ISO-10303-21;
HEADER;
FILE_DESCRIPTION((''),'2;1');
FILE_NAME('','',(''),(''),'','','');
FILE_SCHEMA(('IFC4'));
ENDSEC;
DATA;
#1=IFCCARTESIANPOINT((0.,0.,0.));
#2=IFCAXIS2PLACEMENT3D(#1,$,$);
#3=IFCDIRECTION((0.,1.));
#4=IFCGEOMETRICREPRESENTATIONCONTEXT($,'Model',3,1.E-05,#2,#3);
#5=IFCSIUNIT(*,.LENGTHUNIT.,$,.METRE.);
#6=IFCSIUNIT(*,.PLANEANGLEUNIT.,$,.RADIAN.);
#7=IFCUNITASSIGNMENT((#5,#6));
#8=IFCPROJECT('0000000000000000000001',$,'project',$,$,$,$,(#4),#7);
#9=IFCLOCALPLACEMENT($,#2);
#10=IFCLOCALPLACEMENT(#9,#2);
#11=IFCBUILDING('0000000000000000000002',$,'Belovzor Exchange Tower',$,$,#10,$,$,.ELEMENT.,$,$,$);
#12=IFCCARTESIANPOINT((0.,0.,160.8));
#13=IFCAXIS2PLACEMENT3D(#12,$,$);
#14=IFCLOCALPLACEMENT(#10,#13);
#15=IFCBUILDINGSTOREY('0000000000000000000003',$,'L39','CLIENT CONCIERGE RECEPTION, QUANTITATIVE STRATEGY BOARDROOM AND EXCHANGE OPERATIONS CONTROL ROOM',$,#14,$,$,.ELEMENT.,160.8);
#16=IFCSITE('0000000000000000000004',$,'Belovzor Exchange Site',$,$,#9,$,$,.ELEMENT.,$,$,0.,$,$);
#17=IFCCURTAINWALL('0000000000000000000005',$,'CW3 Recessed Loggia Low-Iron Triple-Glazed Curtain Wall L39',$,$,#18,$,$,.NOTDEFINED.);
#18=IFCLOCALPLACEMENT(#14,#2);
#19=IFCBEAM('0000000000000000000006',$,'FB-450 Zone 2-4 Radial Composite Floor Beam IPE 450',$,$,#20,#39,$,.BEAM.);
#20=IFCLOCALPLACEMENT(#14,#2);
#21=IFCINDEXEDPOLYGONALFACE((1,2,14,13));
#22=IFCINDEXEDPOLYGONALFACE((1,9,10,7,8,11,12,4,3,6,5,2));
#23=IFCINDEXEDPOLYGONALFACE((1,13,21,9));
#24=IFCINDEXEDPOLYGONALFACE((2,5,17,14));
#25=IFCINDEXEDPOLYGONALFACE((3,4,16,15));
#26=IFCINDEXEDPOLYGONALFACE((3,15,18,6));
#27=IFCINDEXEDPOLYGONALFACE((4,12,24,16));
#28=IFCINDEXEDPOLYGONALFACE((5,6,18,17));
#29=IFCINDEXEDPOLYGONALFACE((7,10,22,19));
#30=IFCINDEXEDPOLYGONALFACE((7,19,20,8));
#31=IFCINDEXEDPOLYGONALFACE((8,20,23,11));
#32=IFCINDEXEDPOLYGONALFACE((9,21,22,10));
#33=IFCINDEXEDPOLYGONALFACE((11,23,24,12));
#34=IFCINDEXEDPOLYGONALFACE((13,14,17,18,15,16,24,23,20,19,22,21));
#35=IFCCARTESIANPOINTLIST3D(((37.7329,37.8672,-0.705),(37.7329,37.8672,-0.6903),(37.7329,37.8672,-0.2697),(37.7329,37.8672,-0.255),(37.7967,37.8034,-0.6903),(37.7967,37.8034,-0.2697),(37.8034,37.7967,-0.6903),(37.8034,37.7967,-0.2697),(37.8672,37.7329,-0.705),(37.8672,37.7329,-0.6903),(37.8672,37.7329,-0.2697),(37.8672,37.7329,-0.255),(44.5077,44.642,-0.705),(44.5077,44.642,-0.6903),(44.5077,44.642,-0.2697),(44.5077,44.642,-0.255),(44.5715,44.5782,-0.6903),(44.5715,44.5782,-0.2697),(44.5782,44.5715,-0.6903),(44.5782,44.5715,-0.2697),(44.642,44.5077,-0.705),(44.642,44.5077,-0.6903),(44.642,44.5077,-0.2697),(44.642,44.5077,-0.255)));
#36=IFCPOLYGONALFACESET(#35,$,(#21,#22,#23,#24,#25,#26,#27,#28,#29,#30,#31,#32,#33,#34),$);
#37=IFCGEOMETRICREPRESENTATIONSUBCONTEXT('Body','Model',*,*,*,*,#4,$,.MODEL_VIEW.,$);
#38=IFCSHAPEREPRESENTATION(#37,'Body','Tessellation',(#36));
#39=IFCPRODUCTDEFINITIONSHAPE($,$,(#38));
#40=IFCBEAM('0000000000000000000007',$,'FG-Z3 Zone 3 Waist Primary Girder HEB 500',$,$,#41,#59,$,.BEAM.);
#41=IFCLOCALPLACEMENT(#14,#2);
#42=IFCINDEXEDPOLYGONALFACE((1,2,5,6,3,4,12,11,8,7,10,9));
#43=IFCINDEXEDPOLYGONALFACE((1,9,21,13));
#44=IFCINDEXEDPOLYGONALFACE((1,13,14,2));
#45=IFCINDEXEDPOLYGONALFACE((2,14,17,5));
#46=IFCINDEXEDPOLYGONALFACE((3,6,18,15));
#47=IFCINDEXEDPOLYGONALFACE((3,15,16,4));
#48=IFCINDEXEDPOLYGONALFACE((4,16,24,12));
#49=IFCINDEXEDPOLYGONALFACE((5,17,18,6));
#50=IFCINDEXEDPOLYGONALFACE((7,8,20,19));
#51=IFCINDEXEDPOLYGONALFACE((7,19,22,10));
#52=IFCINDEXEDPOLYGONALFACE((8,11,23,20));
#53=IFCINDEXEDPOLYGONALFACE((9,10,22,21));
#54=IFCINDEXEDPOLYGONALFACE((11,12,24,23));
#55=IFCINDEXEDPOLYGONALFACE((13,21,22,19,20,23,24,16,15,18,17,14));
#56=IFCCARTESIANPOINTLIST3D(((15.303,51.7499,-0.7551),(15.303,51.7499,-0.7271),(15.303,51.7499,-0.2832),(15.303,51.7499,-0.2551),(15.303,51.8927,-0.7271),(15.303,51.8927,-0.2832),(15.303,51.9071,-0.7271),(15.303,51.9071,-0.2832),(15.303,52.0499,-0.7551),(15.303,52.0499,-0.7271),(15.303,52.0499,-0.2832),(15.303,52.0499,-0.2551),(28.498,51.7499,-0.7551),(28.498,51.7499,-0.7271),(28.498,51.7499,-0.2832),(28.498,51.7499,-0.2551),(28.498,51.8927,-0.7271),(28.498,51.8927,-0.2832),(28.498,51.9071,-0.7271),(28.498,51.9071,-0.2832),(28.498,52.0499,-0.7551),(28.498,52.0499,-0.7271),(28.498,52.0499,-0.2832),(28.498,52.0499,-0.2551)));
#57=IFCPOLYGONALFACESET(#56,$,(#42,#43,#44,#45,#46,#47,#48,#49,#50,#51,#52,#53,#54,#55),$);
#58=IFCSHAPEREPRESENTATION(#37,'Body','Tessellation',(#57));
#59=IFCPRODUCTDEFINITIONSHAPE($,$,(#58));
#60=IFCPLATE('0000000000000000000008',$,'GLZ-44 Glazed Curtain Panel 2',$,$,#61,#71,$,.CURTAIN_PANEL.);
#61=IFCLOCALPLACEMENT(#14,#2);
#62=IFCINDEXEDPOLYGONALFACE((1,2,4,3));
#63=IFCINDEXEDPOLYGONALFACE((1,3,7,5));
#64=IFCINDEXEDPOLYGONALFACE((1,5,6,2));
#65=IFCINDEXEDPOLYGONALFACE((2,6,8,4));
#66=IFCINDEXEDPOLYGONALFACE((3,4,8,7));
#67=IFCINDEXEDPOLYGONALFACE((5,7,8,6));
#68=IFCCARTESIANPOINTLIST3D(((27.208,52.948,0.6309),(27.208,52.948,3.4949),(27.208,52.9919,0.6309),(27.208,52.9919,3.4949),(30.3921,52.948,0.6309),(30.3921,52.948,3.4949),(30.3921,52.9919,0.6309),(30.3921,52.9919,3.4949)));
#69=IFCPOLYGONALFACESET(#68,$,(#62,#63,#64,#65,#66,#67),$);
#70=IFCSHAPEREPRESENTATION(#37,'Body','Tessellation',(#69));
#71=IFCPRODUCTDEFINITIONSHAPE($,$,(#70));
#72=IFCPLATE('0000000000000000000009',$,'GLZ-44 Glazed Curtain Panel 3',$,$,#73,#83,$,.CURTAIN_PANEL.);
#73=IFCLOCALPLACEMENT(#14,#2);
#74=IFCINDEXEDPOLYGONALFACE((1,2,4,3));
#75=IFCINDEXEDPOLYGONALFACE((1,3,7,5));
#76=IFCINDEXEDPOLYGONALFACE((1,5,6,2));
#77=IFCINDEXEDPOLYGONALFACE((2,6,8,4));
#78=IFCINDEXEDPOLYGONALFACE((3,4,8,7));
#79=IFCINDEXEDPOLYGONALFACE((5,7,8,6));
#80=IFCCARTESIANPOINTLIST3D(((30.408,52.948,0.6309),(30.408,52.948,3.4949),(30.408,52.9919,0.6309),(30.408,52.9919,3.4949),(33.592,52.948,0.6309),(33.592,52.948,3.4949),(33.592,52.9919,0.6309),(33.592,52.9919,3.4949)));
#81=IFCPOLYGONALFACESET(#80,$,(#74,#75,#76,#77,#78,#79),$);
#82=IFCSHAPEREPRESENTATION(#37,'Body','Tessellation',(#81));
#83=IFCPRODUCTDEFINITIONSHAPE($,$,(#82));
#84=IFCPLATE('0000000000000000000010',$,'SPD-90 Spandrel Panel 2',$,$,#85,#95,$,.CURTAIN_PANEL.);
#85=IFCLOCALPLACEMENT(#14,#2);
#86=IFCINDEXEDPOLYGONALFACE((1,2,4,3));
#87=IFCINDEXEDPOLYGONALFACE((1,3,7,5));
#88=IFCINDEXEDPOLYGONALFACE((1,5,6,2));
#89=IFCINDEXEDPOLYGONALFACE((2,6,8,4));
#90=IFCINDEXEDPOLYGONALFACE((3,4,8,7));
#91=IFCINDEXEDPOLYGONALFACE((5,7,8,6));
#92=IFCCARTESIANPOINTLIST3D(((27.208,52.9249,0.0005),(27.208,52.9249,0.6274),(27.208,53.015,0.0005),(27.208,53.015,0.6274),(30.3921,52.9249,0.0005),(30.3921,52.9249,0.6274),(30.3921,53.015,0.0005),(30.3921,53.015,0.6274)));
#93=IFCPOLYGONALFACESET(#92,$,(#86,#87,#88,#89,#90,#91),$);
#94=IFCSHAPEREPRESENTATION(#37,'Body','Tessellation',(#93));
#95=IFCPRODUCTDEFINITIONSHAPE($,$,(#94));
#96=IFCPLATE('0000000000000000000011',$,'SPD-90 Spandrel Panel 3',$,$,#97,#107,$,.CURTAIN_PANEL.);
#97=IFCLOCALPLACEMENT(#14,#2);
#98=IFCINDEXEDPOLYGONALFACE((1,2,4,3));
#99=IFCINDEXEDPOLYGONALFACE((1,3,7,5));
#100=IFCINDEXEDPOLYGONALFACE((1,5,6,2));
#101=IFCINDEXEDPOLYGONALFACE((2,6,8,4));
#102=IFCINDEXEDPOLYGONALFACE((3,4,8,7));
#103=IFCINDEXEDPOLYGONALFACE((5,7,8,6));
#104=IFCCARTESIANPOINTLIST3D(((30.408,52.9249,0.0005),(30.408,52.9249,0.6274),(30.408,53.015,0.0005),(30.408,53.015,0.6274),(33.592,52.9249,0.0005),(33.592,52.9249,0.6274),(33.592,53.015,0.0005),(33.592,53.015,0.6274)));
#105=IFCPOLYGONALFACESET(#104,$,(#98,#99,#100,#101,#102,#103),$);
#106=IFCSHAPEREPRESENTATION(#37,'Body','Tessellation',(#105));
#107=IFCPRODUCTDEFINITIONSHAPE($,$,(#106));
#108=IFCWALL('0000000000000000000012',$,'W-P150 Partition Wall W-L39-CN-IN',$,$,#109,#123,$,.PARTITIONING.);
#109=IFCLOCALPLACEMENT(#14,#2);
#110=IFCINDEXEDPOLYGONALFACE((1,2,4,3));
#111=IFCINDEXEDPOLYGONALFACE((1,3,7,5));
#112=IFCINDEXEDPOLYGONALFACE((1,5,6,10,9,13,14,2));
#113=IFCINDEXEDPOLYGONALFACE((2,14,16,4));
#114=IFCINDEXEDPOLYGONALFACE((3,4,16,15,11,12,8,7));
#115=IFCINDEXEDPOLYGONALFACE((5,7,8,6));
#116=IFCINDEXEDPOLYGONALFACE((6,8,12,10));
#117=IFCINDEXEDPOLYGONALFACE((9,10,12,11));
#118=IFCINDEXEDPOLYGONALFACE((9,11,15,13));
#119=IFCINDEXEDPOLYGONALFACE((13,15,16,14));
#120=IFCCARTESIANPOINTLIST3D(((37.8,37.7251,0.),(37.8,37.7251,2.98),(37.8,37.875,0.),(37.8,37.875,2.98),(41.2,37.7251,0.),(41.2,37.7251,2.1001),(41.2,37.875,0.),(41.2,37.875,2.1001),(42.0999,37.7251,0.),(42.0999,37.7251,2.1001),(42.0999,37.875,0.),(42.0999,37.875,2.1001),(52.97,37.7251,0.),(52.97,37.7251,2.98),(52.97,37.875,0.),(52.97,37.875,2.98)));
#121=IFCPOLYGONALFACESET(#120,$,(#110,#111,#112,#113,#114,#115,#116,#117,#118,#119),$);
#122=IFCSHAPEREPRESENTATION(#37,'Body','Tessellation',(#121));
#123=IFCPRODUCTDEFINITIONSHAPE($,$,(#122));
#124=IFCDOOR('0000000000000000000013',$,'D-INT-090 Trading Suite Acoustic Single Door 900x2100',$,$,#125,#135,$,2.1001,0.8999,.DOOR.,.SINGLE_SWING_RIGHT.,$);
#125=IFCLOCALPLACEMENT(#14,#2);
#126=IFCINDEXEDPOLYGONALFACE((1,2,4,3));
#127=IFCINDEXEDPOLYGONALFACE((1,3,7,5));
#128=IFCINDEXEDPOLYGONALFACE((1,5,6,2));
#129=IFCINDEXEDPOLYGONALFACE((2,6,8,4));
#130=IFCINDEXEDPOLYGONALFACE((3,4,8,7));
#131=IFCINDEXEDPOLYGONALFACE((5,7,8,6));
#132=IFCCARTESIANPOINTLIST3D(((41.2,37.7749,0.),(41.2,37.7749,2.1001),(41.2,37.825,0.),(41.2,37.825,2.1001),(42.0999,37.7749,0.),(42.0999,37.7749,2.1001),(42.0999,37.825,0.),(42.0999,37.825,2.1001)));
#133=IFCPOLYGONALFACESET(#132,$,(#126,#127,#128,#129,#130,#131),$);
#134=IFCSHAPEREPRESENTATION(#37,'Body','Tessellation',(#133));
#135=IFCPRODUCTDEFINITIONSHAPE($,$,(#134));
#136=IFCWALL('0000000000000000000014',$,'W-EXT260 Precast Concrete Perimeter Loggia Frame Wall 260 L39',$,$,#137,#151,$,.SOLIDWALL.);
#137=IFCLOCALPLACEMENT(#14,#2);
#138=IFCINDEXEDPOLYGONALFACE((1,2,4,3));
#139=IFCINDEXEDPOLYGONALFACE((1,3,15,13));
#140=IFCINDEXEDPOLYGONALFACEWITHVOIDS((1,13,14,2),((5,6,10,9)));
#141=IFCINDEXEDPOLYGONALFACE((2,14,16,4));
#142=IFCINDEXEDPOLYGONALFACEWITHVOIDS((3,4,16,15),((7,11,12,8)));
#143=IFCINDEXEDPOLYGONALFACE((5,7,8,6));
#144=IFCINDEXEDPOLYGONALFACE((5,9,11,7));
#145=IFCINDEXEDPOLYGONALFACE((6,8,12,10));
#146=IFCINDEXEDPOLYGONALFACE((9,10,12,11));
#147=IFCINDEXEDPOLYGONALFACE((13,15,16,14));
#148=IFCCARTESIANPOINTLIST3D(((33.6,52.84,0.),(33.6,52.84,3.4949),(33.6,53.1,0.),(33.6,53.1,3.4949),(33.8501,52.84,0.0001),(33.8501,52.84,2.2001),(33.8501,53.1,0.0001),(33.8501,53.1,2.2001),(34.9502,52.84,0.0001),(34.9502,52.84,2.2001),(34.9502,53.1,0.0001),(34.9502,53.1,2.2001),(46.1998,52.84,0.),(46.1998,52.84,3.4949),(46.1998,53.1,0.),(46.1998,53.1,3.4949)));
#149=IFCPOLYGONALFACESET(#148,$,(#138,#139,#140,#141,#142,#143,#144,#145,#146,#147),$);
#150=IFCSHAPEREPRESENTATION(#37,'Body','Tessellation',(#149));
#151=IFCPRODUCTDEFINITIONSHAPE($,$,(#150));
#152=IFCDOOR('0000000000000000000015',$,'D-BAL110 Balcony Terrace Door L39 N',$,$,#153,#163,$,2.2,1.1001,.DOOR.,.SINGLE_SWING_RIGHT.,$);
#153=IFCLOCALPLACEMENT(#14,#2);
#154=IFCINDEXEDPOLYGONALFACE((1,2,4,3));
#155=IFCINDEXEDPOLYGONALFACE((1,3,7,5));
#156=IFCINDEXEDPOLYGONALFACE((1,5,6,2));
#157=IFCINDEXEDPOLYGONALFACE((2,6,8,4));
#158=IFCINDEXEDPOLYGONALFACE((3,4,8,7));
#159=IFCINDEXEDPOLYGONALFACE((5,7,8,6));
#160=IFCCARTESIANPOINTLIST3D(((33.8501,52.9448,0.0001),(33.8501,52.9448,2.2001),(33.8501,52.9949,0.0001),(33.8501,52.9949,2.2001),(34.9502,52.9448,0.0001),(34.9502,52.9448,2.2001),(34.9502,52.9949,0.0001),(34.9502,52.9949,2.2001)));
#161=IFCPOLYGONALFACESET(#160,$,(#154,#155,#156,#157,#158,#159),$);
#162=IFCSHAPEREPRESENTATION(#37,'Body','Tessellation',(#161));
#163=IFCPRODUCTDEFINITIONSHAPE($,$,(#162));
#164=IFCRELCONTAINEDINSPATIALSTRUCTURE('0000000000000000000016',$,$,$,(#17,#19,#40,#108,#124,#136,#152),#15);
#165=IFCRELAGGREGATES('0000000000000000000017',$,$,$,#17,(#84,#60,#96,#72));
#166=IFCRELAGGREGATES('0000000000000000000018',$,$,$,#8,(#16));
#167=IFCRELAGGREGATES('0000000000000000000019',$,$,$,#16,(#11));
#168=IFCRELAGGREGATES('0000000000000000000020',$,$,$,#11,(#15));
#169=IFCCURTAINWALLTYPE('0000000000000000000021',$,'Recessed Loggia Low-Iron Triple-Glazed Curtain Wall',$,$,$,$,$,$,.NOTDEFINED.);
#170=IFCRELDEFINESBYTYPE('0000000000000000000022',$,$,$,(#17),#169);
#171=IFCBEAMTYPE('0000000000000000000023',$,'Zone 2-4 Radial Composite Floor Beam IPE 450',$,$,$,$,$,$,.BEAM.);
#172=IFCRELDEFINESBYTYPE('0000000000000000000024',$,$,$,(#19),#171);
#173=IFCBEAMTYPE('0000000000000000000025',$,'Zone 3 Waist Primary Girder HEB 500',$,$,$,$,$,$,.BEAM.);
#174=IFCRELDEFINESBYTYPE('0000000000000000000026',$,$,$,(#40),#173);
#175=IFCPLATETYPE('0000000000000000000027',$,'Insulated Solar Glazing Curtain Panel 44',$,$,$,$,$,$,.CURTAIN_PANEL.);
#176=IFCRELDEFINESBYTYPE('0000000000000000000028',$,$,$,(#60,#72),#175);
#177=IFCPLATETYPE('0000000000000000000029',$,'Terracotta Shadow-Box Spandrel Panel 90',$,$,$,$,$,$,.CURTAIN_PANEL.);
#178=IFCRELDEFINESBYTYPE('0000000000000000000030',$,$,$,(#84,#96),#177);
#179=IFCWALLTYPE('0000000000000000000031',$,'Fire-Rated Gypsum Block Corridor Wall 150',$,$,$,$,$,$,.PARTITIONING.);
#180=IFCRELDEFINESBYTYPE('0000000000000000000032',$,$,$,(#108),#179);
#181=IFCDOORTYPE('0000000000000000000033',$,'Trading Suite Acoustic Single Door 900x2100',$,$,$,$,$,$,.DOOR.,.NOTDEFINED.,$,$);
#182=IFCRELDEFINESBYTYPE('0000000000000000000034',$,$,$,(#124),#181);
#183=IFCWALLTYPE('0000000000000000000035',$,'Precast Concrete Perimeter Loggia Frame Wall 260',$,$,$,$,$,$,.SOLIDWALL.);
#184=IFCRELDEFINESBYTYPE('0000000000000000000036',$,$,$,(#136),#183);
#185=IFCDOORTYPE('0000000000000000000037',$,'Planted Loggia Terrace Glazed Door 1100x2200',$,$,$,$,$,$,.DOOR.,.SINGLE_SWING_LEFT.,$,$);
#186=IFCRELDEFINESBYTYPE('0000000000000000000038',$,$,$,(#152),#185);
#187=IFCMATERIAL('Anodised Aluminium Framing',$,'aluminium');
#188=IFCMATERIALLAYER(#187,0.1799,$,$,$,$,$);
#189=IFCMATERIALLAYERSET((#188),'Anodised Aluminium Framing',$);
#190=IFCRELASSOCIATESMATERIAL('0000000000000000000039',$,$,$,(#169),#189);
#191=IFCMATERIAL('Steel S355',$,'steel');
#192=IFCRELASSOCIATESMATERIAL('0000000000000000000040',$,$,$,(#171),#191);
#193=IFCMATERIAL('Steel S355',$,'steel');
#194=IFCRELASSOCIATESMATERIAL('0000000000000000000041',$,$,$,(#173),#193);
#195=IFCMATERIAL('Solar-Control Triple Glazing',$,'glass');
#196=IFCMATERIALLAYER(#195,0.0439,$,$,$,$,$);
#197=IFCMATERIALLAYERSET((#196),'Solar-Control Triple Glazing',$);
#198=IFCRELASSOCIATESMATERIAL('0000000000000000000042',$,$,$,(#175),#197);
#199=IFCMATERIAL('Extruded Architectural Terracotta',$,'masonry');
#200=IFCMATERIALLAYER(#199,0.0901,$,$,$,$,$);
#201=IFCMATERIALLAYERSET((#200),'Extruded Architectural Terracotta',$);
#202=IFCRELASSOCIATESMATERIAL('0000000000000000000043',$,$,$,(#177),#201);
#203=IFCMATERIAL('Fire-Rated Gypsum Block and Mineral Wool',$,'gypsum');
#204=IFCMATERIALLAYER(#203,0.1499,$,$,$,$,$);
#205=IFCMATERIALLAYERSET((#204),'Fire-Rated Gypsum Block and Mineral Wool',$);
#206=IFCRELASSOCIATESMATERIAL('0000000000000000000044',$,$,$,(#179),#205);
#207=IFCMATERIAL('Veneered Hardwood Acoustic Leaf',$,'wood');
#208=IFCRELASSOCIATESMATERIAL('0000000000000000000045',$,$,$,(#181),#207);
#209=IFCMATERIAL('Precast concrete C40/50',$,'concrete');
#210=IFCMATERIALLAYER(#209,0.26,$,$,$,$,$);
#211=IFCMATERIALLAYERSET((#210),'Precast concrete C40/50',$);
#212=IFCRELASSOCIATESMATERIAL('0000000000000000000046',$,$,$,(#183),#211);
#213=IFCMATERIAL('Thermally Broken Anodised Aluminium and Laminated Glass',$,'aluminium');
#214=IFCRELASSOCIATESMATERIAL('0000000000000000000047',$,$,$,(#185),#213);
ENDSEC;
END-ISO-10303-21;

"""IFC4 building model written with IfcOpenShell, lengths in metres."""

from ifc_helpers import new_model, si_unit, direction, frame, frame_2d, origin, origin_2d, place, context, subcontext, project, spatial, rectangle, i_section, extrude, material, layer, layer_set, material_profile, profile_set, type_object, element, fill, aggregate, save


model = new_model("IFC4")

# Units and contexts
model_context = context("Model", 3, precision=1e-05, world=origin(), true_north=direction((0.0, 1.0)))
body_context = subcontext(model_context, "Body", "Model", "MODEL_VIEW")
ifc_project = project(units=[si_unit("LENGTHUNIT", "METRE"), si_unit("PLANEANGLEUNIT", "RADIAN")], contexts=[model_context])

# Site, building, storey
site_placement = place(None, origin())
site = spatial("IfcSite", under=ifc_project, at=site_placement, Name="Belovzor Exchange Site", CompositionType="ELEMENT", RefElevation=0.0)
building_placement = place(site_placement, origin())
building = spatial("IfcBuilding", under=site, at=building_placement, Name="Belovzor Exchange Tower", CompositionType="ELEMENT")
storey_placement = place(building_placement, frame((0.0, 0.0, 160.8)))
storey = spatial("IfcBuildingStorey", under=building, at=storey_placement, Name="L39", Description="CLIENT CONCIERGE RECEPTION, QUANTITATIVE STRATEGY BOARDROOM AND EXCHANGE OPERATIONS CONTROL ROOM", CompositionType="ELEMENT", Elevation=160.8)

# Curtain wall
ifc_material_1 = material(Name="Anodised Aluminium Framing", Category="aluminium")
ifc_layer_1 = layer(ifc_material_1, 0.1799)
ifc_layer_set_1 = layer_set([ifc_layer_1], Name="Anodised Aluminium Framing")
curtain_wall_type = type_object("IfcCurtainWallType", Name="Recessed Loggia Low-Iron Triple-Glazed Curtain Wall", PredefinedType="NOTDEFINED", material=ifc_layer_set_1)
curtain_wall_placement = place(storey_placement, origin())
curtain_wall = element("IfcCurtainWall", 1, at=curtain_wall_placement, inside=storey, type_object=curtain_wall_type, Name="CW3 Recessed Loggia Low-Iron Triple-Glazed Curtain Wall L39", PredefinedType="NOTDEFINED")

# Beams
ifc_material_2 = material(Name="Steel S355", Category="steel")
ifc_material_profile_1 = material_profile(ifc_material_2, i_section(OverallWidth=0.1899, OverallDepth=0.45, WebThickness=0.0095, FlangeThickness=0.0146, at=origin_2d()))
ifc_profile_set_1 = profile_set([ifc_material_profile_1], Name="Steel S355")
beam_type_1 = type_object("IfcBeamType", Name="Zone 2-4 Radial Composite Floor Beam IPE 450", PredefinedType="BEAM", material=ifc_profile_set_1)
beam_1_placement = place(storey_placement, frame((37.8, 37.8, -0.48), z_axis=(0.707107, 0.707107, 0.0), x_axis=(-0.707107, 0.707107, 0.0)))
element("IfcBeam", 2, at=beam_1_placement, inside=storey, type_object=beam_type_1, Name="FB-450 Zone 2-4 Radial Composite Floor Beam IPE 450", PredefinedType="BEAM", context=body_context, shape_type="SweptSolid", body=[
    extrude(i_section(OverallWidth=0.1899, OverallDepth=0.45, WebThickness=0.0095, FlangeThickness=0.0146, at=origin_2d()), origin(), (0.0, 0.0, 1.0), 9.5811),
])
ifc_material_3 = material(Name="Steel S355", Category="steel")
ifc_material_profile_2 = material_profile(ifc_material_3, i_section(OverallWidth=0.3, OverallDepth=0.5, WebThickness=0.0144, FlangeThickness=0.0281, at=origin_2d()))
ifc_profile_set_2 = profile_set([ifc_material_profile_2], Name="Steel S355")
beam_type_2 = type_object("IfcBeamType", Name="Zone 3 Waist Primary Girder HEB 500", PredefinedType="BEAM", material=ifc_profile_set_2)
beam_2_placement = place(storey_placement, frame((28.498, 51.8999, -0.5051), z_axis=(-1.0, 0.0, 0.0), x_axis=(0.0, -1.0, 0.0)))
element("IfcBeam", 3, at=beam_2_placement, inside=storey, type_object=beam_type_2, Name="FG-Z3 Zone 3 Waist Primary Girder HEB 500", PredefinedType="BEAM", context=body_context, shape_type="SweptSolid", body=[
    extrude(i_section(OverallWidth=0.3, OverallDepth=0.5, WebThickness=0.0144, FlangeThickness=0.0281, at=origin_2d()), origin(), (0.0, 0.0, 1.0), 13.1951),
])

# Plates
ifc_material_4 = material(Name="Solar-Control Triple Glazing", Category="glass")
ifc_layer_2 = layer(ifc_material_4, 0.0439)
ifc_layer_set_2 = layer_set([ifc_layer_2], Name="Solar-Control Triple Glazing")
plate_type_1 = type_object("IfcPlateType", Name="Insulated Solar Glazing Curtain Panel 44", PredefinedType="CURTAIN_PANEL", material=ifc_layer_set_2)
plate_1_placement = place(storey_placement, frame((28.8, 52.97, 0.6309), z_axis=(0.0, 0.0, 1.0), x_axis=(1.0, 0.0, 0.0)))
plate_1 = element("IfcPlate", 4, at=plate_1_placement, type_object=plate_type_1, Name="GLZ-44 Glazed Curtain Panel 2", PredefinedType="CURTAIN_PANEL", context=body_context, shape_type="SweptSolid", body=[
    extrude(rectangle(XDim=3.1841, YDim=0.0439, at=origin_2d()), origin(), (0.0, 0.0, 1.0), 2.864),
])
plate_2_placement = place(storey_placement, frame((32.0, 52.97, 0.6309), z_axis=(0.0, 0.0, 1.0), x_axis=(1.0, 0.0, 0.0)))
plate_2 = element("IfcPlate", 5, at=plate_2_placement, type_object=plate_type_1, Name="GLZ-44 Glazed Curtain Panel 3", PredefinedType="CURTAIN_PANEL", context=body_context, shape_type="SweptSolid", body=[
    extrude(rectangle(XDim=3.1841, YDim=0.0439, at=origin_2d()), origin(), (0.0, 0.0, 1.0), 2.864),
])
ifc_material_5 = material(Name="Extruded Architectural Terracotta", Category="masonry")
ifc_layer_3 = layer(ifc_material_5, 0.0901)
ifc_layer_set_3 = layer_set([ifc_layer_3], Name="Extruded Architectural Terracotta")
plate_type_2 = type_object("IfcPlateType", Name="Terracotta Shadow-Box Spandrel Panel 90", PredefinedType="CURTAIN_PANEL", material=ifc_layer_set_3)
plate_3_placement = place(storey_placement, frame((28.8, 52.97, 0.0005), z_axis=(0.0, 0.0, 1.0), x_axis=(1.0, 0.0, 0.0)))
plate_3 = element("IfcPlate", 6, at=plate_3_placement, type_object=plate_type_2, Name="SPD-90 Spandrel Panel 2", PredefinedType="CURTAIN_PANEL", context=body_context, shape_type="SweptSolid", body=[
    extrude(rectangle(XDim=3.1841, YDim=0.0901, at=origin_2d()), origin(), (0.0, 0.0, 1.0), 0.627),
])
plate_4_placement = place(storey_placement, frame((32.0, 52.97, 0.0005), z_axis=(0.0, 0.0, 1.0), x_axis=(1.0, 0.0, 0.0)))
plate_4 = element("IfcPlate", 7, at=plate_4_placement, type_object=plate_type_2, Name="SPD-90 Spandrel Panel 3", PredefinedType="CURTAIN_PANEL", context=body_context, shape_type="SweptSolid", body=[
    extrude(rectangle(XDim=3.1841, YDim=0.0901, at=origin_2d()), origin(), (0.0, 0.0, 1.0), 0.627),
])
aggregate(curtain_wall, [plate_3, plate_1, plate_4, plate_2])

# Walls, openings, doors
ifc_material_6 = material(Name="Fire-Rated Gypsum Block and Mineral Wool", Category="gypsum")
ifc_layer_4 = layer(ifc_material_6, 0.1499)
ifc_layer_set_4 = layer_set([ifc_layer_4], Name="Fire-Rated Gypsum Block and Mineral Wool")
wall_type_1 = type_object("IfcWallType", Name="Fire-Rated Gypsum Block Corridor Wall 150", PredefinedType="PARTITIONING", material=ifc_layer_set_4)
wall_1_placement = place(storey_placement, frame((37.8, 37.8, 0.0), z_axis=(0.0, 0.0, 1.0), x_axis=(1.0, 0.0, 0.0)))
wall_1 = element("IfcWall", 8, at=wall_1_placement, inside=storey, type_object=wall_type_1, Name="W-P150 Partition Wall W-L39-CN-IN", PredefinedType="PARTITIONING", context=body_context, shape_type="SweptSolid", body=[
    extrude(rectangle(XDim=15.1699, YDim=0.1499, at=frame_2d((7.585, 0.0))), origin(), (0.0, 0.0, 1.0), 2.98),
])
opening_1_placement = place(wall_1_placement, frame((3.3999, 0.0, 0.0)))
opening_1 = element("IfcOpeningElement", 9, at=opening_1_placement, cuts=wall_1, PredefinedType="OPENING", context=body_context, shape_type="SweptSolid", body=[
    extrude(rectangle(XDim=0.8999, YDim=2.1001, at=frame_2d((0.45, 1.05))), frame((0.0, 0.085, 0.0), z_axis=(0.0, -1.0, 0.0), x_axis=(1.0, 0.0, 0.0)), (0.0, 0.0, 1.0), 0.1699),
])
ifc_material_7 = material(Name="Veneered Hardwood Acoustic Leaf", Category="wood")
door_type_1 = type_object("IfcDoorType", Name="Trading Suite Acoustic Single Door 900x2100", OperationType="NOTDEFINED", PredefinedType="DOOR", material=ifc_material_7)
door_1_placement = place(opening_1_placement, origin())
door_1 = element("IfcDoor", 10, at=door_1_placement, inside=storey, type_object=door_type_1, Name="D-INT-090 Trading Suite Acoustic Single Door 900x2100", OperationType="SINGLE_SWING_RIGHT", OverallHeight=2.1001, OverallWidth=0.8999, PredefinedType="DOOR", context=body_context, shape_type="SweptSolid", body=[
    extrude(rectangle(XDim=0.8999, YDim=2.1001, at=frame_2d((0.45, 1.05))), frame((0.0, 0.0249, 0.0), z_axis=(0.0, -1.0, 0.0), x_axis=(1.0, 0.0, 0.0)), (0.0, 0.0, 1.0), 0.05),
])
fill(opening_1, door_1)
ifc_material_8 = material(Name="Precast concrete C40/50", Category="concrete")
ifc_layer_5 = layer(ifc_material_8, 0.26)
ifc_layer_set_5 = layer_set([ifc_layer_5], Name="Precast concrete C40/50")
wall_type_2 = type_object("IfcWallType", Name="Precast Concrete Perimeter Loggia Frame Wall 260", PredefinedType="SOLIDWALL", material=ifc_layer_set_5)
wall_2_placement = place(storey_placement, frame((33.6001, 52.97, 0.0), z_axis=(0.0, 0.0, 1.0), x_axis=(1.0, 0.0, 0.0)))
wall_2 = element("IfcWall", 11, at=wall_2_placement, inside=storey, type_object=wall_type_2, Name="W-EXT260 Precast Concrete Perimeter Loggia Frame Wall 260 L39", PredefinedType="SOLIDWALL", context=body_context, shape_type="SweptSolid", body=[
    extrude(rectangle(XDim=12.5999, YDim=0.26, at=frame_2d((6.2998, 0.0))), origin(), (0.0, 0.0, 1.0), 3.4949),
])
opening_2_placement = place(wall_2_placement, frame((0.25, 0.0, 0.0)))
opening_2 = element("IfcOpeningElement", 12, at=opening_2_placement, cuts=wall_2, PredefinedType="OPENING", context=body_context, shape_type="SweptSolid", body=[
    extrude(rectangle(XDim=1.1001, YDim=2.2, at=frame_2d((0.55, 1.1001))), frame((0.0, 0.1399, 0.0), z_axis=(0.0, -1.0, 0.0), x_axis=(1.0, 0.0, 0.0)), (0.0, 0.0, 1.0), 0.28),
])
ifc_material_9 = material(Name="Thermally Broken Anodised Aluminium and Laminated Glass", Category="aluminium")
door_type_2 = type_object("IfcDoorType", Name="Planted Loggia Terrace Glazed Door 1100x2200", OperationType="SINGLE_SWING_LEFT", PredefinedType="DOOR", material=ifc_material_9)
door_2_placement = place(opening_2_placement, origin())
door_2 = element("IfcDoor", 13, at=door_2_placement, inside=storey, type_object=door_type_2, Name="D-BAL110 Balcony Terrace Door L39 N", OperationType="SINGLE_SWING_RIGHT", OverallHeight=2.2, OverallWidth=1.1001, PredefinedType="DOOR", context=body_context, shape_type="SweptSolid", body=[
    extrude(rectangle(XDim=1.1001, YDim=2.2, at=frame_2d((0.55, 1.1001))), frame((0.0, 0.0249, 0.0), z_axis=(0.0, -1.0, 0.0), x_axis=(1.0, 0.0, 0.0)), (0.0, 0.0, 1.0), 0.05),
])
fill(opening_2, door_2)

save(model, "model.ifc")
